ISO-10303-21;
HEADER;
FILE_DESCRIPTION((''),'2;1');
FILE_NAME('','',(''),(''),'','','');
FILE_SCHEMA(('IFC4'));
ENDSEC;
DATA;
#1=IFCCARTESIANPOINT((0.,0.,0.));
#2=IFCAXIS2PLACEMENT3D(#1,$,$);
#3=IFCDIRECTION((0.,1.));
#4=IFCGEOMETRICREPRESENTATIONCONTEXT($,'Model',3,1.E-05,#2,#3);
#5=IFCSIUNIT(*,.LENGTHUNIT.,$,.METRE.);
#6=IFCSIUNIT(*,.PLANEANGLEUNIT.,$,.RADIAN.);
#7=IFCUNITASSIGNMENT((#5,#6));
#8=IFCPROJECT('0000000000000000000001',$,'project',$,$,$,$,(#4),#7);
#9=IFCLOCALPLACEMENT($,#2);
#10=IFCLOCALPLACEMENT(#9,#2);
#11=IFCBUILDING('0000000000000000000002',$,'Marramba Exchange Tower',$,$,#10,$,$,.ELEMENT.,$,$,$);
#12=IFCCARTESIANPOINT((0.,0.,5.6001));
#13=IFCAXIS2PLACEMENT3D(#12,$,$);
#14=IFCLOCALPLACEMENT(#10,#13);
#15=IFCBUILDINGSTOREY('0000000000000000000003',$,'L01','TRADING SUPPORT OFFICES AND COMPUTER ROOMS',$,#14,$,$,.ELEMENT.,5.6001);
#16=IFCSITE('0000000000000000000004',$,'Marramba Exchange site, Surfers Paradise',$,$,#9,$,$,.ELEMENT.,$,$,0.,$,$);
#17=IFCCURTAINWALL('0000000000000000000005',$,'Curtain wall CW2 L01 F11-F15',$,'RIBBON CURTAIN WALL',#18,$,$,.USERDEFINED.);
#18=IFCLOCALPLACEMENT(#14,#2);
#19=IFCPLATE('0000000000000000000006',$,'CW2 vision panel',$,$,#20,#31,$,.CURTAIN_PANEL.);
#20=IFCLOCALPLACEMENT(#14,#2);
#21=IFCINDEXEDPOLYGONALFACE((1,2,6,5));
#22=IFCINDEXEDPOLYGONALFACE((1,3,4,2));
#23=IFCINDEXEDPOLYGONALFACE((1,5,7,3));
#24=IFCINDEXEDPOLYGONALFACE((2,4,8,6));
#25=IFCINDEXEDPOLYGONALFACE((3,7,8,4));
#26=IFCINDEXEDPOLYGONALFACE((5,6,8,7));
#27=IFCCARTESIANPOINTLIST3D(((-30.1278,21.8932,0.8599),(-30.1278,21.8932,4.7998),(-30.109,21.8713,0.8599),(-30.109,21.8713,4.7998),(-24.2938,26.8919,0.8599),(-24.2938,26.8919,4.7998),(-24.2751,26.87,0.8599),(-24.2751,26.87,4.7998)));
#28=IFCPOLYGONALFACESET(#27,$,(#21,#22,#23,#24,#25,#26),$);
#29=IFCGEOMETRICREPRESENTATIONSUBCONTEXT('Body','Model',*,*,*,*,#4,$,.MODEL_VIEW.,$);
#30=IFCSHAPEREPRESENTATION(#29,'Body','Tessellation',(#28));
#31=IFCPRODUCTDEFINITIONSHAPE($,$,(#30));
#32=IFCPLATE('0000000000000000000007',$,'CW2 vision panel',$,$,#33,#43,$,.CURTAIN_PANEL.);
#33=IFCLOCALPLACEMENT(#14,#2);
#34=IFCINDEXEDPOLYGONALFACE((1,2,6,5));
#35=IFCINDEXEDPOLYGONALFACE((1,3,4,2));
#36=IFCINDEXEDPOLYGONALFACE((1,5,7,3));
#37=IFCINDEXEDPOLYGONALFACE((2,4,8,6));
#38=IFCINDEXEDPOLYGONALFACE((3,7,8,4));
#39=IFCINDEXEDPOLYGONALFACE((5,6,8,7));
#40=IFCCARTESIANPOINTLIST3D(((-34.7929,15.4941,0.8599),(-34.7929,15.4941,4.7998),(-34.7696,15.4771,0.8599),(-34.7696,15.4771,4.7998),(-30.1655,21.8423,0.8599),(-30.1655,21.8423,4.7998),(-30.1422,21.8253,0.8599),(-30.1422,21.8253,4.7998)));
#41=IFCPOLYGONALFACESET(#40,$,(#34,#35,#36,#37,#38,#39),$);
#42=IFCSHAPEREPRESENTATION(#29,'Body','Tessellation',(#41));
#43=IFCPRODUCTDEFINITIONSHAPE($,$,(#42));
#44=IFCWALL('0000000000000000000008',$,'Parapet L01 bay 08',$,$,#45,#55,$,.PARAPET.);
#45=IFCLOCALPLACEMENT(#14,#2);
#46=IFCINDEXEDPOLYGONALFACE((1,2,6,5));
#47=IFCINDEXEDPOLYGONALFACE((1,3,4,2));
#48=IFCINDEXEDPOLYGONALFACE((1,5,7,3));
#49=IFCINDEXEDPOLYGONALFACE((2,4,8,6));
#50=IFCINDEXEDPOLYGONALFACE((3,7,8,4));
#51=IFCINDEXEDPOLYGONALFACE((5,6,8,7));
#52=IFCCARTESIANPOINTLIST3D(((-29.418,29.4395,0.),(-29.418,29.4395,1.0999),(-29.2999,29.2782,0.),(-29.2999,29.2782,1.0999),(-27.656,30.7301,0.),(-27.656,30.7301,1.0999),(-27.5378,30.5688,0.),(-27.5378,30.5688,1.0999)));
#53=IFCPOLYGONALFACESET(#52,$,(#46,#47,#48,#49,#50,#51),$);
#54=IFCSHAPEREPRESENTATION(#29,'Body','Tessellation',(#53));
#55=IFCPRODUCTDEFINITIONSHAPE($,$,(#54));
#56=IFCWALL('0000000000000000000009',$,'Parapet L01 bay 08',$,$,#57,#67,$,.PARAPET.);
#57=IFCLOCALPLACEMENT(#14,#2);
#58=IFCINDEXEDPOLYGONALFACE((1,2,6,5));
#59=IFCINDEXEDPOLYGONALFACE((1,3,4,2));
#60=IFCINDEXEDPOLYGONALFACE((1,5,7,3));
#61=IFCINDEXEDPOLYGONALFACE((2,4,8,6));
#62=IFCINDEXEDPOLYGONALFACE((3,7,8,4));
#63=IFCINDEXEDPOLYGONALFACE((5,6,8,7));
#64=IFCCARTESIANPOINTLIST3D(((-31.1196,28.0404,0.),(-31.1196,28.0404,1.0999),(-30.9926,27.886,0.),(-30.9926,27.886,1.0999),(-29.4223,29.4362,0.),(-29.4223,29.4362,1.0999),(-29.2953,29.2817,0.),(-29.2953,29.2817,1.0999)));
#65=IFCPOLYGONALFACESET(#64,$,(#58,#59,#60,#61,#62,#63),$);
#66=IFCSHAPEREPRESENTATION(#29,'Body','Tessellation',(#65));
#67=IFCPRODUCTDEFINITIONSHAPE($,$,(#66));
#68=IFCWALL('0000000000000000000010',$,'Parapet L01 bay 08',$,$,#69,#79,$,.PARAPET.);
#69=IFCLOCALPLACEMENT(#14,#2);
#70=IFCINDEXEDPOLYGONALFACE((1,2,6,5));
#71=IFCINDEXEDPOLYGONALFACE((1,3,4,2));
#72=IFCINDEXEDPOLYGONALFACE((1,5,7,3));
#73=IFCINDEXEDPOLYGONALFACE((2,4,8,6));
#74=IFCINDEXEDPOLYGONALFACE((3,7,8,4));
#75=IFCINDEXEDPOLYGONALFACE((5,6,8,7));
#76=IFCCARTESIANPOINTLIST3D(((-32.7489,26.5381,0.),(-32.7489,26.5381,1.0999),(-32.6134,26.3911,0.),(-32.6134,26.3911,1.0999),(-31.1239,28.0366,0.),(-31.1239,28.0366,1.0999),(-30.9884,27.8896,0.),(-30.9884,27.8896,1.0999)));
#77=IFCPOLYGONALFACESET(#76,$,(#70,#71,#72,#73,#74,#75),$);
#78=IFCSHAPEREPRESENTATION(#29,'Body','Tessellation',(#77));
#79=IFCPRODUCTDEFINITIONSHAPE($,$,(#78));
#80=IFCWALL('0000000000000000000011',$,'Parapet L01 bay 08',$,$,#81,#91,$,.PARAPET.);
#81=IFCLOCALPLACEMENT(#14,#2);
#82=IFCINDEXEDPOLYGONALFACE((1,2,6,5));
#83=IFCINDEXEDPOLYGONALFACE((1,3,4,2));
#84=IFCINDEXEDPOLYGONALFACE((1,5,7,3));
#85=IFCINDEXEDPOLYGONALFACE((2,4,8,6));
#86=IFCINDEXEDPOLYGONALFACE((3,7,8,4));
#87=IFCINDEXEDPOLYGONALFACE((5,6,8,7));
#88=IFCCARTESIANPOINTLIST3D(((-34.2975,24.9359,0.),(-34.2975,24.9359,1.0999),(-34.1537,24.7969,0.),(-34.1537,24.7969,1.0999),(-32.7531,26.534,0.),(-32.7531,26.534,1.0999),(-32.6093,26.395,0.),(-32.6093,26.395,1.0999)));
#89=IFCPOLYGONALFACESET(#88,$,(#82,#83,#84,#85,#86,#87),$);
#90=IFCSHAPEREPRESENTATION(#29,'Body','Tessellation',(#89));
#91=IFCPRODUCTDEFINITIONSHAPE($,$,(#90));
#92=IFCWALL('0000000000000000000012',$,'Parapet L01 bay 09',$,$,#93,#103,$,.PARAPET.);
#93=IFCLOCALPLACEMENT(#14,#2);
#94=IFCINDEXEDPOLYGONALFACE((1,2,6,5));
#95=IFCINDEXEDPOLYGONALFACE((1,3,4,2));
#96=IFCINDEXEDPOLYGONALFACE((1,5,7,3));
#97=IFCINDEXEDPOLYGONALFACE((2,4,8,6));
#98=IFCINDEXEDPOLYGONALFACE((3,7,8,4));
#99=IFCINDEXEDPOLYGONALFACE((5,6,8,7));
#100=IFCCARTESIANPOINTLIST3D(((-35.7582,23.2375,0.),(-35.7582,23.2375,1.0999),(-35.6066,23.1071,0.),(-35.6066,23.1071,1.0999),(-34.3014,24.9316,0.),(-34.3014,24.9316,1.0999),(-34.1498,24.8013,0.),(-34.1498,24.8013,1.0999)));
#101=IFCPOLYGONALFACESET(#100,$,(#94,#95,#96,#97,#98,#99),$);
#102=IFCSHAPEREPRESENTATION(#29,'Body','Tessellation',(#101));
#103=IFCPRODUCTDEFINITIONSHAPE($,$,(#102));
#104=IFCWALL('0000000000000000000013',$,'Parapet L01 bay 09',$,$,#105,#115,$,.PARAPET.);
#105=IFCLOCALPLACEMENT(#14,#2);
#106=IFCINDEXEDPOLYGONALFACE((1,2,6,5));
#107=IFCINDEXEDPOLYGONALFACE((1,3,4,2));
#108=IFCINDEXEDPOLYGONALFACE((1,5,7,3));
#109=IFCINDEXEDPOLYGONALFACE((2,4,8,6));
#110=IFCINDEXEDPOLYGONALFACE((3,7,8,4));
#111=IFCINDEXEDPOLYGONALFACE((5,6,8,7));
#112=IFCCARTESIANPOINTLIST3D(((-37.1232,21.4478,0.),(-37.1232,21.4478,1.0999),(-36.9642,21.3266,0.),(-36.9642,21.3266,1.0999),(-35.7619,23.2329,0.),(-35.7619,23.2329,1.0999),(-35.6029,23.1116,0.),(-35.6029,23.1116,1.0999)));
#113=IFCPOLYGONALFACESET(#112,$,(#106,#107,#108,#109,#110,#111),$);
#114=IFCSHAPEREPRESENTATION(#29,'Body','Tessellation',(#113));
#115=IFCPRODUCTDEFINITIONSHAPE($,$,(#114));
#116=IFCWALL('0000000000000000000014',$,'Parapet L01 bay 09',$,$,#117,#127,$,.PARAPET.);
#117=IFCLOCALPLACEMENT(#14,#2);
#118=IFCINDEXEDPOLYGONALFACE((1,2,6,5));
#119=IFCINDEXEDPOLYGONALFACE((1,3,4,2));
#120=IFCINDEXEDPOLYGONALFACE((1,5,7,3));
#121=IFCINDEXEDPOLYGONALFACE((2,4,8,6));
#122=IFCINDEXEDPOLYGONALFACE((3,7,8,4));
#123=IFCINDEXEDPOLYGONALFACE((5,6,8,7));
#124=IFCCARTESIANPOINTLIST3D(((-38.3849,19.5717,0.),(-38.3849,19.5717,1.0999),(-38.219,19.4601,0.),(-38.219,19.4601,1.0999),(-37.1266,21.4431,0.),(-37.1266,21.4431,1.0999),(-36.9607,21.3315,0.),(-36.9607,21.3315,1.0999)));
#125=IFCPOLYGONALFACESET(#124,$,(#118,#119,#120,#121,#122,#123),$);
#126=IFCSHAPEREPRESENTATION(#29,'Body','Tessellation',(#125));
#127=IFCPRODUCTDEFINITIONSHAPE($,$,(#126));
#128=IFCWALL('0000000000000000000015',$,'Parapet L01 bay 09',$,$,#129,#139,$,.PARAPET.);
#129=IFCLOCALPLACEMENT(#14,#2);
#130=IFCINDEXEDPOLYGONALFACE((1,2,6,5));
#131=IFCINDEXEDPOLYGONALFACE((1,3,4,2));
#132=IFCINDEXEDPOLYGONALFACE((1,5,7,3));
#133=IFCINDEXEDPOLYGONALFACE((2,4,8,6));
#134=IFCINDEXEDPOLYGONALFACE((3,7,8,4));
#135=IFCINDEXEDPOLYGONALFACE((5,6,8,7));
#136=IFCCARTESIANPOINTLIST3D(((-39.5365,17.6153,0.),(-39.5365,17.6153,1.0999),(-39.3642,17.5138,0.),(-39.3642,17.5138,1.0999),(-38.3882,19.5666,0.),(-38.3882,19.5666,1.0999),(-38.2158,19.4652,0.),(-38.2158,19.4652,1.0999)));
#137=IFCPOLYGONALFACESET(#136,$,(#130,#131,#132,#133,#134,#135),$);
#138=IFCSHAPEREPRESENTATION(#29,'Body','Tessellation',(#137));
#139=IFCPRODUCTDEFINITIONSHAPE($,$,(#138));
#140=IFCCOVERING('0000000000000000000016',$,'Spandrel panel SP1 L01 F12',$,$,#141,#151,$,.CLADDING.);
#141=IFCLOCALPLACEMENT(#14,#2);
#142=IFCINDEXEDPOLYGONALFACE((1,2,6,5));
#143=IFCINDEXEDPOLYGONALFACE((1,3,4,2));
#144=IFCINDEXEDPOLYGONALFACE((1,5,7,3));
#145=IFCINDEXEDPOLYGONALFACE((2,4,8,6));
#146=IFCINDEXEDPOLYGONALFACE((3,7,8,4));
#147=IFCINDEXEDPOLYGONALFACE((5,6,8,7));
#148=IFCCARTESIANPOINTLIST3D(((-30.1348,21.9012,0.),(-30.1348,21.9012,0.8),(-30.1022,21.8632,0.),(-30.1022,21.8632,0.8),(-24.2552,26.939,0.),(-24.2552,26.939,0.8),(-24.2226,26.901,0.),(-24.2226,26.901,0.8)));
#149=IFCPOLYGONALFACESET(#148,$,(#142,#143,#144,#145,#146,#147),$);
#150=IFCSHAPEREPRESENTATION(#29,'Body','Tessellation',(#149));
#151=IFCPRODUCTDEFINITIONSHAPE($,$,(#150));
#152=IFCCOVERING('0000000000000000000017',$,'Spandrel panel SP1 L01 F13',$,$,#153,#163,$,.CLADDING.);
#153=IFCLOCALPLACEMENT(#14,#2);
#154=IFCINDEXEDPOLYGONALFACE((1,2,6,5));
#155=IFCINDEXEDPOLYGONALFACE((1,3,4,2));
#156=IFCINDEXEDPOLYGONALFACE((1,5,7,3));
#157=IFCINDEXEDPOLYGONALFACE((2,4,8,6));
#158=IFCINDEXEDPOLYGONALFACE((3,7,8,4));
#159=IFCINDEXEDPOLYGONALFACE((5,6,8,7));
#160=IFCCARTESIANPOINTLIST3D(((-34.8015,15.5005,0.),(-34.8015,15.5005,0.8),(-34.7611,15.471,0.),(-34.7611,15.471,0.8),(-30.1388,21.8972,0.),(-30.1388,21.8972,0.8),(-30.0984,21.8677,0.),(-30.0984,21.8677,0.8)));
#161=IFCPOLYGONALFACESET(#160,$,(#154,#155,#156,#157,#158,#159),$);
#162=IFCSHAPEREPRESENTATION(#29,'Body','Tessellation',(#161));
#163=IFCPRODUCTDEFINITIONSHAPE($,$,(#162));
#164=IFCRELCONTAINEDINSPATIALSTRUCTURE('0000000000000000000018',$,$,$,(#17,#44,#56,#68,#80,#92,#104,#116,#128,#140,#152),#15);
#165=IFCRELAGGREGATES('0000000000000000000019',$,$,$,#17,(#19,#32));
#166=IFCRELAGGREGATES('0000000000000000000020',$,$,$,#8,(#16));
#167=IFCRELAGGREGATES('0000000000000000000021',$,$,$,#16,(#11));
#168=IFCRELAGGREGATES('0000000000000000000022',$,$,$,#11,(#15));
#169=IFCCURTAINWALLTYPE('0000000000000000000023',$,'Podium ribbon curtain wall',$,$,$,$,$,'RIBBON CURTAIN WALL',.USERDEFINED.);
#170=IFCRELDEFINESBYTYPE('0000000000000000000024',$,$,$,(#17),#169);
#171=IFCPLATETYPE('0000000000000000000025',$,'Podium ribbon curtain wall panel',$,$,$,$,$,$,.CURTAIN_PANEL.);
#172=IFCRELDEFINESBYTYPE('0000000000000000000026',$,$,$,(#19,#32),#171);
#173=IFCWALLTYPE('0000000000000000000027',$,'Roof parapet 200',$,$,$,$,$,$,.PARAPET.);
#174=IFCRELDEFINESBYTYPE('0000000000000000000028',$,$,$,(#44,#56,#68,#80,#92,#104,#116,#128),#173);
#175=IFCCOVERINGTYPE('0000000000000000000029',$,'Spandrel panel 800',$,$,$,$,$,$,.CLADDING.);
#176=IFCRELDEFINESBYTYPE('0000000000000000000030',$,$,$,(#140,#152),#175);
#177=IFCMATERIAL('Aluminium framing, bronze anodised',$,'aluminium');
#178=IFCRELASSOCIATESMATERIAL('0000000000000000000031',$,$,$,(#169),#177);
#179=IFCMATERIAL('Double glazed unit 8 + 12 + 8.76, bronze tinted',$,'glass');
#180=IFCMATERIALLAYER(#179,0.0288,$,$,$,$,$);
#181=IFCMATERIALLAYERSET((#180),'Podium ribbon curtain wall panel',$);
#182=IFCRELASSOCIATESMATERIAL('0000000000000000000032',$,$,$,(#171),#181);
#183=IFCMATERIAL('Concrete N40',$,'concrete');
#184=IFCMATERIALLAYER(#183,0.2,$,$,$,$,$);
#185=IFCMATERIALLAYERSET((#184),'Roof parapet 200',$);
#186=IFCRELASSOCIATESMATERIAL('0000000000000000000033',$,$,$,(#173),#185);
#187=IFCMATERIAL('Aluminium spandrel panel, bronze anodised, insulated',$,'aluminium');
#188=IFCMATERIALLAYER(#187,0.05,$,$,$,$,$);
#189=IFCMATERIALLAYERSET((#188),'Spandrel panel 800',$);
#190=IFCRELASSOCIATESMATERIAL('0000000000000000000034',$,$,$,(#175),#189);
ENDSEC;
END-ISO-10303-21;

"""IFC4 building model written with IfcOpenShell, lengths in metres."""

from ifc_helpers import new_model, si_unit, direction, frame, frame_2d, origin, origin_2d, place, context, subcontext, project, spatial, rectangle, extrude, material, layer, layer_set, type_object, element, aggregate, save


model = new_model("IFC4")

# Units and contexts
model_context = context("Model", 3, precision=1e-05, world=origin(), true_north=direction((0.0, 1.0)))
body_context = subcontext(model_context, "Body", "Model", "MODEL_VIEW")
ifc_project = project(units=[si_unit("LENGTHUNIT", "METRE"), si_unit("PLANEANGLEUNIT", "RADIAN")], contexts=[model_context])

# Site, building, storey
site_placement = place(None, origin())
site = spatial("IfcSite", under=ifc_project, at=site_placement, Name="Marramba Exchange site, Surfers Paradise", CompositionType="ELEMENT", RefElevation=0.0)
building_placement = place(site_placement, origin())
building = spatial("IfcBuilding", under=site, at=building_placement, Name="Marramba Exchange Tower", CompositionType="ELEMENT")
storey_placement = place(building_placement, frame((0.0, 0.0, 5.6001)))
storey = spatial("IfcBuildingStorey", under=building, at=storey_placement, Name="L01", Description="TRADING SUPPORT OFFICES AND COMPUTER ROOMS", CompositionType="ELEMENT", Elevation=5.6001)

# Curtain wall
ifc_material_1 = material(Name="Aluminium framing, bronze anodised", Category="aluminium")
curtain_wall_type = type_object("IfcCurtainWallType", Name="Podium ribbon curtain wall", ElementType="RIBBON CURTAIN WALL", PredefinedType="USERDEFINED", material=ifc_material_1)
curtain_wall_placement = place(storey_placement, origin())
curtain_wall = element("IfcCurtainWall", 1, at=curtain_wall_placement, inside=storey, type_object=curtain_wall_type, Name="Curtain wall CW2 L01 F11-F15", ObjectType="RIBBON CURTAIN WALL", PredefinedType="USERDEFINED")

# Plates
ifc_material_2 = material(Name="Double glazed unit 8 + 12 + 8.76, bronze tinted", Category="glass")
ifc_layer_1 = layer(ifc_material_2, 0.0288)
ifc_layer_set_1 = layer_set([ifc_layer_1], Name="Podium ribbon curtain wall panel")
plate_type = type_object("IfcPlateType", Name="Podium ribbon curtain wall panel", PredefinedType="CURTAIN_PANEL", material=ifc_layer_set_1)
plate_1_placement = place(storey_placement, frame((-27.2014, 24.3816, 0.8599), z_axis=(0.0, 0.0, 1.0), x_axis=(-0.759374, -0.650655, 0.0)))
plate_1 = element("IfcPlate", 2, at=plate_1_placement, type_object=plate_type, Name="CW2 vision panel", PredefinedType="CURTAIN_PANEL", context=body_context, shape_type="SweptSolid", body=[
    extrude(rectangle(XDim=7.6826, YDim=0.0288, at=origin_2d()), origin(), (0.0, 0.0, 1.0), 3.9399),
])
plate_2_placement = place(storey_placement, frame((-32.4675, 18.6597, 0.8599), z_axis=(0.0, 0.0, 1.0), x_axis=(-0.589046, -0.8081, 0.0)))
plate_2 = element("IfcPlate", 3, at=plate_2_placement, type_object=plate_type, Name="CW2 vision panel", PredefinedType="CURTAIN_PANEL", context=body_context, shape_type="SweptSolid", body=[
    extrude(rectangle(XDim=7.8557, YDim=0.0288, at=origin_2d()), origin(), (0.0, 0.0, 1.0), 3.9399),
])
aggregate(curtain_wall, [plate_1, plate_2])

# Walls
ifc_material_3 = material(Name="Concrete N40", Category="concrete")
ifc_layer_2 = layer(ifc_material_3, 0.2)
ifc_layer_set_2 = layer_set([ifc_layer_2], Name="Roof parapet 200")
wall_type = type_object("IfcWallType", Name="Roof parapet 200", PredefinedType="PARAPET", material=ifc_layer_set_2)
wall_1_placement = place(storey_placement, frame((-27.5969, 30.6494, 0.0), z_axis=(0.0, 0.0, 1.0), x_axis=(-0.80675, -0.590893, 0.0)))
element("IfcWall", 4, at=wall_1_placement, inside=storey, type_object=wall_type, Name="Parapet L01 bay 08", PredefinedType="PARAPET", context=body_context, shape_type="SweptSolid", body=[
    extrude(rectangle(XDim=2.1841, YDim=0.2, at=frame_2d((1.092, 0.0))), origin(), (0.0, 0.0, 1.0), 1.0999),
])
wall_2_placement = place(storey_placement, frame((-29.3589, 29.3589, 0.0), z_axis=(0.0, 0.0, 1.0), x_axis=(-0.772376, -0.635166, 0.0)))
element("IfcWall", 5, at=wall_2_placement, inside=storey, type_object=wall_type, Name="Parapet L01 bay 08", PredefinedType="PARAPET", context=body_context, shape_type="SweptSolid", body=[
    extrude(rectangle(XDim=2.1975, YDim=0.2, at=frame_2d((1.0986, 0.0))), origin(), (0.0, 0.0, 1.0), 1.0999),
])
wall_3_placement = place(storey_placement, frame((-31.0562, 27.9631, 0.0), z_axis=(0.0, 0.0, 1.0), x_axis=(-0.735134, -0.677922, 0.0)))
element("IfcWall", 6, at=wall_3_placement, inside=storey, type_object=wall_type, Name="Parapet L01 bay 08", PredefinedType="PARAPET", context=body_context, shape_type="SweptSolid", body=[
    extrude(rectangle(XDim=2.2104, YDim=0.2, at=frame_2d((1.1052, 0.0))), origin(), (0.0, 0.0, 1.0), 1.0999),
])
wall_4_placement = place(storey_placement, frame((-32.6812, 26.4646, 0.0), z_axis=(0.0, 0.0, 1.0), x_axis=(-0.69492, -0.719087, 0.0)))
element("IfcWall", 7, at=wall_4_placement, inside=storey, type_object=wall_type, Name="Parapet L01 bay 08", PredefinedType="PARAPET", context=body_context, shape_type="SweptSolid", body=[
    extrude(rectangle(XDim=2.2224, YDim=0.2, at=frame_2d((1.1113, 0.0))), origin(), (0.0, 0.0, 1.0), 1.0999),
])
wall_5_placement = place(storey_placement, frame((-34.2256, 24.8665, 0.0), z_axis=(0.0, 0.0, 1.0), x_axis=(-0.652005, -0.758214, 0.0)))
element("IfcWall", 8, at=wall_5_placement, inside=storey, type_object=wall_type, Name="Parapet L01 bay 09", PredefinedType="PARAPET", context=body_context, shape_type="SweptSolid", body=[
    extrude(rectangle(XDim=2.2344, YDim=0.2, at=frame_2d((1.1172, 0.0))), origin(), (0.0, 0.0, 1.0), 1.0999),
])
wall_6_placement = place(storey_placement, frame((-35.6824, 23.1724, 0.0), z_axis=(0.0, 0.0, 1.0), x_axis=(-0.606384, -0.795172, 0.0)))
element("IfcWall", 9, at=wall_6_placement, inside=storey, type_object=wall_type, Name="Parapet L01 bay 09", PredefinedType="PARAPET", context=body_context, shape_type="SweptSolid", body=[
    extrude(rectangle(XDim=2.2449, YDim=0.2, at=frame_2d((1.1226, 0.0))), origin(), (0.0, 0.0, 1.0), 1.0999),
])
wall_7_placement = place(storey_placement, frame((-37.0437, 21.3872, 0.0), z_axis=(0.0, 0.0, 1.0), x_axis=(-0.557994, -0.829845, 0.0)))
element("IfcWall", 10, at=wall_7_placement, inside=storey, type_object=wall_type, Name="Parapet L01 bay 09", PredefinedType="PARAPET", context=body_context, shape_type="SweptSolid", body=[
    extrude(rectangle(XDim=2.2551, YDim=0.2, at=frame_2d((1.1274, 0.0))), origin(), (0.0, 0.0, 1.0), 1.0999),
])
wall_8_placement = place(storey_placement, frame((-38.302, 19.5159, 0.0), z_axis=(0.0, 0.0, 1.0), x_axis=(-0.507199, -0.861829, 0.0)))
element("IfcWall", 11, at=wall_8_placement, inside=storey, type_object=wall_type, Name="Parapet L01 bay 09", PredefinedType="PARAPET", context=body_context, shape_type="SweptSolid", body=[
    extrude(rectangle(XDim=2.2642, YDim=0.2, at=frame_2d((1.1321, 0.0))), origin(), (0.0, 0.0, 1.0), 1.0999),
])

# Coverings
ifc_material_4 = material(Name="Aluminium spandrel panel, bronze anodised, insulated", Category="aluminium")
ifc_layer_3 = layer(ifc_material_4, 0.05)
ifc_layer_set_3 = layer_set([ifc_layer_3], Name="Spandrel panel 800")
covering_type = type_object("IfcCoveringType", Name="Spandrel panel 800", PredefinedType="CLADDING", material=ifc_layer_set_3)
covering_1_placement = place(storey_placement, frame((-27.1787, 24.4011, 0.0), z_axis=(0.0, 0.0, 1.0), x_axis=(-0.759374, -0.650655, 0.0)))
element("IfcCovering", 12, at=covering_1_placement, inside=storey, type_object=covering_type, Name="Spandrel panel SP1 L01 F12", PredefinedType="CLADDING", context=body_context, shape_type="SweptSolid", body=[
    extrude(rectangle(XDim=7.7427, YDim=0.05, at=origin_2d()), origin(), (0.0, 0.0, 1.0), 0.8),
])
covering_2_placement = place(storey_placement, frame((-32.45, 18.6841, 0.0), z_axis=(0.0, 0.0, 1.0), x_axis=(-0.589046, -0.8081, 0.0)))
element("IfcCovering", 13, at=covering_2_placement, inside=storey, type_object=covering_type, Name="Spandrel panel SP1 L01 F13", PredefinedType="CLADDING", context=body_context, shape_type="SweptSolid", body=[
    extrude(rectangle(XDim=7.9158, YDim=0.05, at=origin_2d()), origin(), (0.0, 0.0, 1.0), 0.8),
])

save(model, "model.ifc")
